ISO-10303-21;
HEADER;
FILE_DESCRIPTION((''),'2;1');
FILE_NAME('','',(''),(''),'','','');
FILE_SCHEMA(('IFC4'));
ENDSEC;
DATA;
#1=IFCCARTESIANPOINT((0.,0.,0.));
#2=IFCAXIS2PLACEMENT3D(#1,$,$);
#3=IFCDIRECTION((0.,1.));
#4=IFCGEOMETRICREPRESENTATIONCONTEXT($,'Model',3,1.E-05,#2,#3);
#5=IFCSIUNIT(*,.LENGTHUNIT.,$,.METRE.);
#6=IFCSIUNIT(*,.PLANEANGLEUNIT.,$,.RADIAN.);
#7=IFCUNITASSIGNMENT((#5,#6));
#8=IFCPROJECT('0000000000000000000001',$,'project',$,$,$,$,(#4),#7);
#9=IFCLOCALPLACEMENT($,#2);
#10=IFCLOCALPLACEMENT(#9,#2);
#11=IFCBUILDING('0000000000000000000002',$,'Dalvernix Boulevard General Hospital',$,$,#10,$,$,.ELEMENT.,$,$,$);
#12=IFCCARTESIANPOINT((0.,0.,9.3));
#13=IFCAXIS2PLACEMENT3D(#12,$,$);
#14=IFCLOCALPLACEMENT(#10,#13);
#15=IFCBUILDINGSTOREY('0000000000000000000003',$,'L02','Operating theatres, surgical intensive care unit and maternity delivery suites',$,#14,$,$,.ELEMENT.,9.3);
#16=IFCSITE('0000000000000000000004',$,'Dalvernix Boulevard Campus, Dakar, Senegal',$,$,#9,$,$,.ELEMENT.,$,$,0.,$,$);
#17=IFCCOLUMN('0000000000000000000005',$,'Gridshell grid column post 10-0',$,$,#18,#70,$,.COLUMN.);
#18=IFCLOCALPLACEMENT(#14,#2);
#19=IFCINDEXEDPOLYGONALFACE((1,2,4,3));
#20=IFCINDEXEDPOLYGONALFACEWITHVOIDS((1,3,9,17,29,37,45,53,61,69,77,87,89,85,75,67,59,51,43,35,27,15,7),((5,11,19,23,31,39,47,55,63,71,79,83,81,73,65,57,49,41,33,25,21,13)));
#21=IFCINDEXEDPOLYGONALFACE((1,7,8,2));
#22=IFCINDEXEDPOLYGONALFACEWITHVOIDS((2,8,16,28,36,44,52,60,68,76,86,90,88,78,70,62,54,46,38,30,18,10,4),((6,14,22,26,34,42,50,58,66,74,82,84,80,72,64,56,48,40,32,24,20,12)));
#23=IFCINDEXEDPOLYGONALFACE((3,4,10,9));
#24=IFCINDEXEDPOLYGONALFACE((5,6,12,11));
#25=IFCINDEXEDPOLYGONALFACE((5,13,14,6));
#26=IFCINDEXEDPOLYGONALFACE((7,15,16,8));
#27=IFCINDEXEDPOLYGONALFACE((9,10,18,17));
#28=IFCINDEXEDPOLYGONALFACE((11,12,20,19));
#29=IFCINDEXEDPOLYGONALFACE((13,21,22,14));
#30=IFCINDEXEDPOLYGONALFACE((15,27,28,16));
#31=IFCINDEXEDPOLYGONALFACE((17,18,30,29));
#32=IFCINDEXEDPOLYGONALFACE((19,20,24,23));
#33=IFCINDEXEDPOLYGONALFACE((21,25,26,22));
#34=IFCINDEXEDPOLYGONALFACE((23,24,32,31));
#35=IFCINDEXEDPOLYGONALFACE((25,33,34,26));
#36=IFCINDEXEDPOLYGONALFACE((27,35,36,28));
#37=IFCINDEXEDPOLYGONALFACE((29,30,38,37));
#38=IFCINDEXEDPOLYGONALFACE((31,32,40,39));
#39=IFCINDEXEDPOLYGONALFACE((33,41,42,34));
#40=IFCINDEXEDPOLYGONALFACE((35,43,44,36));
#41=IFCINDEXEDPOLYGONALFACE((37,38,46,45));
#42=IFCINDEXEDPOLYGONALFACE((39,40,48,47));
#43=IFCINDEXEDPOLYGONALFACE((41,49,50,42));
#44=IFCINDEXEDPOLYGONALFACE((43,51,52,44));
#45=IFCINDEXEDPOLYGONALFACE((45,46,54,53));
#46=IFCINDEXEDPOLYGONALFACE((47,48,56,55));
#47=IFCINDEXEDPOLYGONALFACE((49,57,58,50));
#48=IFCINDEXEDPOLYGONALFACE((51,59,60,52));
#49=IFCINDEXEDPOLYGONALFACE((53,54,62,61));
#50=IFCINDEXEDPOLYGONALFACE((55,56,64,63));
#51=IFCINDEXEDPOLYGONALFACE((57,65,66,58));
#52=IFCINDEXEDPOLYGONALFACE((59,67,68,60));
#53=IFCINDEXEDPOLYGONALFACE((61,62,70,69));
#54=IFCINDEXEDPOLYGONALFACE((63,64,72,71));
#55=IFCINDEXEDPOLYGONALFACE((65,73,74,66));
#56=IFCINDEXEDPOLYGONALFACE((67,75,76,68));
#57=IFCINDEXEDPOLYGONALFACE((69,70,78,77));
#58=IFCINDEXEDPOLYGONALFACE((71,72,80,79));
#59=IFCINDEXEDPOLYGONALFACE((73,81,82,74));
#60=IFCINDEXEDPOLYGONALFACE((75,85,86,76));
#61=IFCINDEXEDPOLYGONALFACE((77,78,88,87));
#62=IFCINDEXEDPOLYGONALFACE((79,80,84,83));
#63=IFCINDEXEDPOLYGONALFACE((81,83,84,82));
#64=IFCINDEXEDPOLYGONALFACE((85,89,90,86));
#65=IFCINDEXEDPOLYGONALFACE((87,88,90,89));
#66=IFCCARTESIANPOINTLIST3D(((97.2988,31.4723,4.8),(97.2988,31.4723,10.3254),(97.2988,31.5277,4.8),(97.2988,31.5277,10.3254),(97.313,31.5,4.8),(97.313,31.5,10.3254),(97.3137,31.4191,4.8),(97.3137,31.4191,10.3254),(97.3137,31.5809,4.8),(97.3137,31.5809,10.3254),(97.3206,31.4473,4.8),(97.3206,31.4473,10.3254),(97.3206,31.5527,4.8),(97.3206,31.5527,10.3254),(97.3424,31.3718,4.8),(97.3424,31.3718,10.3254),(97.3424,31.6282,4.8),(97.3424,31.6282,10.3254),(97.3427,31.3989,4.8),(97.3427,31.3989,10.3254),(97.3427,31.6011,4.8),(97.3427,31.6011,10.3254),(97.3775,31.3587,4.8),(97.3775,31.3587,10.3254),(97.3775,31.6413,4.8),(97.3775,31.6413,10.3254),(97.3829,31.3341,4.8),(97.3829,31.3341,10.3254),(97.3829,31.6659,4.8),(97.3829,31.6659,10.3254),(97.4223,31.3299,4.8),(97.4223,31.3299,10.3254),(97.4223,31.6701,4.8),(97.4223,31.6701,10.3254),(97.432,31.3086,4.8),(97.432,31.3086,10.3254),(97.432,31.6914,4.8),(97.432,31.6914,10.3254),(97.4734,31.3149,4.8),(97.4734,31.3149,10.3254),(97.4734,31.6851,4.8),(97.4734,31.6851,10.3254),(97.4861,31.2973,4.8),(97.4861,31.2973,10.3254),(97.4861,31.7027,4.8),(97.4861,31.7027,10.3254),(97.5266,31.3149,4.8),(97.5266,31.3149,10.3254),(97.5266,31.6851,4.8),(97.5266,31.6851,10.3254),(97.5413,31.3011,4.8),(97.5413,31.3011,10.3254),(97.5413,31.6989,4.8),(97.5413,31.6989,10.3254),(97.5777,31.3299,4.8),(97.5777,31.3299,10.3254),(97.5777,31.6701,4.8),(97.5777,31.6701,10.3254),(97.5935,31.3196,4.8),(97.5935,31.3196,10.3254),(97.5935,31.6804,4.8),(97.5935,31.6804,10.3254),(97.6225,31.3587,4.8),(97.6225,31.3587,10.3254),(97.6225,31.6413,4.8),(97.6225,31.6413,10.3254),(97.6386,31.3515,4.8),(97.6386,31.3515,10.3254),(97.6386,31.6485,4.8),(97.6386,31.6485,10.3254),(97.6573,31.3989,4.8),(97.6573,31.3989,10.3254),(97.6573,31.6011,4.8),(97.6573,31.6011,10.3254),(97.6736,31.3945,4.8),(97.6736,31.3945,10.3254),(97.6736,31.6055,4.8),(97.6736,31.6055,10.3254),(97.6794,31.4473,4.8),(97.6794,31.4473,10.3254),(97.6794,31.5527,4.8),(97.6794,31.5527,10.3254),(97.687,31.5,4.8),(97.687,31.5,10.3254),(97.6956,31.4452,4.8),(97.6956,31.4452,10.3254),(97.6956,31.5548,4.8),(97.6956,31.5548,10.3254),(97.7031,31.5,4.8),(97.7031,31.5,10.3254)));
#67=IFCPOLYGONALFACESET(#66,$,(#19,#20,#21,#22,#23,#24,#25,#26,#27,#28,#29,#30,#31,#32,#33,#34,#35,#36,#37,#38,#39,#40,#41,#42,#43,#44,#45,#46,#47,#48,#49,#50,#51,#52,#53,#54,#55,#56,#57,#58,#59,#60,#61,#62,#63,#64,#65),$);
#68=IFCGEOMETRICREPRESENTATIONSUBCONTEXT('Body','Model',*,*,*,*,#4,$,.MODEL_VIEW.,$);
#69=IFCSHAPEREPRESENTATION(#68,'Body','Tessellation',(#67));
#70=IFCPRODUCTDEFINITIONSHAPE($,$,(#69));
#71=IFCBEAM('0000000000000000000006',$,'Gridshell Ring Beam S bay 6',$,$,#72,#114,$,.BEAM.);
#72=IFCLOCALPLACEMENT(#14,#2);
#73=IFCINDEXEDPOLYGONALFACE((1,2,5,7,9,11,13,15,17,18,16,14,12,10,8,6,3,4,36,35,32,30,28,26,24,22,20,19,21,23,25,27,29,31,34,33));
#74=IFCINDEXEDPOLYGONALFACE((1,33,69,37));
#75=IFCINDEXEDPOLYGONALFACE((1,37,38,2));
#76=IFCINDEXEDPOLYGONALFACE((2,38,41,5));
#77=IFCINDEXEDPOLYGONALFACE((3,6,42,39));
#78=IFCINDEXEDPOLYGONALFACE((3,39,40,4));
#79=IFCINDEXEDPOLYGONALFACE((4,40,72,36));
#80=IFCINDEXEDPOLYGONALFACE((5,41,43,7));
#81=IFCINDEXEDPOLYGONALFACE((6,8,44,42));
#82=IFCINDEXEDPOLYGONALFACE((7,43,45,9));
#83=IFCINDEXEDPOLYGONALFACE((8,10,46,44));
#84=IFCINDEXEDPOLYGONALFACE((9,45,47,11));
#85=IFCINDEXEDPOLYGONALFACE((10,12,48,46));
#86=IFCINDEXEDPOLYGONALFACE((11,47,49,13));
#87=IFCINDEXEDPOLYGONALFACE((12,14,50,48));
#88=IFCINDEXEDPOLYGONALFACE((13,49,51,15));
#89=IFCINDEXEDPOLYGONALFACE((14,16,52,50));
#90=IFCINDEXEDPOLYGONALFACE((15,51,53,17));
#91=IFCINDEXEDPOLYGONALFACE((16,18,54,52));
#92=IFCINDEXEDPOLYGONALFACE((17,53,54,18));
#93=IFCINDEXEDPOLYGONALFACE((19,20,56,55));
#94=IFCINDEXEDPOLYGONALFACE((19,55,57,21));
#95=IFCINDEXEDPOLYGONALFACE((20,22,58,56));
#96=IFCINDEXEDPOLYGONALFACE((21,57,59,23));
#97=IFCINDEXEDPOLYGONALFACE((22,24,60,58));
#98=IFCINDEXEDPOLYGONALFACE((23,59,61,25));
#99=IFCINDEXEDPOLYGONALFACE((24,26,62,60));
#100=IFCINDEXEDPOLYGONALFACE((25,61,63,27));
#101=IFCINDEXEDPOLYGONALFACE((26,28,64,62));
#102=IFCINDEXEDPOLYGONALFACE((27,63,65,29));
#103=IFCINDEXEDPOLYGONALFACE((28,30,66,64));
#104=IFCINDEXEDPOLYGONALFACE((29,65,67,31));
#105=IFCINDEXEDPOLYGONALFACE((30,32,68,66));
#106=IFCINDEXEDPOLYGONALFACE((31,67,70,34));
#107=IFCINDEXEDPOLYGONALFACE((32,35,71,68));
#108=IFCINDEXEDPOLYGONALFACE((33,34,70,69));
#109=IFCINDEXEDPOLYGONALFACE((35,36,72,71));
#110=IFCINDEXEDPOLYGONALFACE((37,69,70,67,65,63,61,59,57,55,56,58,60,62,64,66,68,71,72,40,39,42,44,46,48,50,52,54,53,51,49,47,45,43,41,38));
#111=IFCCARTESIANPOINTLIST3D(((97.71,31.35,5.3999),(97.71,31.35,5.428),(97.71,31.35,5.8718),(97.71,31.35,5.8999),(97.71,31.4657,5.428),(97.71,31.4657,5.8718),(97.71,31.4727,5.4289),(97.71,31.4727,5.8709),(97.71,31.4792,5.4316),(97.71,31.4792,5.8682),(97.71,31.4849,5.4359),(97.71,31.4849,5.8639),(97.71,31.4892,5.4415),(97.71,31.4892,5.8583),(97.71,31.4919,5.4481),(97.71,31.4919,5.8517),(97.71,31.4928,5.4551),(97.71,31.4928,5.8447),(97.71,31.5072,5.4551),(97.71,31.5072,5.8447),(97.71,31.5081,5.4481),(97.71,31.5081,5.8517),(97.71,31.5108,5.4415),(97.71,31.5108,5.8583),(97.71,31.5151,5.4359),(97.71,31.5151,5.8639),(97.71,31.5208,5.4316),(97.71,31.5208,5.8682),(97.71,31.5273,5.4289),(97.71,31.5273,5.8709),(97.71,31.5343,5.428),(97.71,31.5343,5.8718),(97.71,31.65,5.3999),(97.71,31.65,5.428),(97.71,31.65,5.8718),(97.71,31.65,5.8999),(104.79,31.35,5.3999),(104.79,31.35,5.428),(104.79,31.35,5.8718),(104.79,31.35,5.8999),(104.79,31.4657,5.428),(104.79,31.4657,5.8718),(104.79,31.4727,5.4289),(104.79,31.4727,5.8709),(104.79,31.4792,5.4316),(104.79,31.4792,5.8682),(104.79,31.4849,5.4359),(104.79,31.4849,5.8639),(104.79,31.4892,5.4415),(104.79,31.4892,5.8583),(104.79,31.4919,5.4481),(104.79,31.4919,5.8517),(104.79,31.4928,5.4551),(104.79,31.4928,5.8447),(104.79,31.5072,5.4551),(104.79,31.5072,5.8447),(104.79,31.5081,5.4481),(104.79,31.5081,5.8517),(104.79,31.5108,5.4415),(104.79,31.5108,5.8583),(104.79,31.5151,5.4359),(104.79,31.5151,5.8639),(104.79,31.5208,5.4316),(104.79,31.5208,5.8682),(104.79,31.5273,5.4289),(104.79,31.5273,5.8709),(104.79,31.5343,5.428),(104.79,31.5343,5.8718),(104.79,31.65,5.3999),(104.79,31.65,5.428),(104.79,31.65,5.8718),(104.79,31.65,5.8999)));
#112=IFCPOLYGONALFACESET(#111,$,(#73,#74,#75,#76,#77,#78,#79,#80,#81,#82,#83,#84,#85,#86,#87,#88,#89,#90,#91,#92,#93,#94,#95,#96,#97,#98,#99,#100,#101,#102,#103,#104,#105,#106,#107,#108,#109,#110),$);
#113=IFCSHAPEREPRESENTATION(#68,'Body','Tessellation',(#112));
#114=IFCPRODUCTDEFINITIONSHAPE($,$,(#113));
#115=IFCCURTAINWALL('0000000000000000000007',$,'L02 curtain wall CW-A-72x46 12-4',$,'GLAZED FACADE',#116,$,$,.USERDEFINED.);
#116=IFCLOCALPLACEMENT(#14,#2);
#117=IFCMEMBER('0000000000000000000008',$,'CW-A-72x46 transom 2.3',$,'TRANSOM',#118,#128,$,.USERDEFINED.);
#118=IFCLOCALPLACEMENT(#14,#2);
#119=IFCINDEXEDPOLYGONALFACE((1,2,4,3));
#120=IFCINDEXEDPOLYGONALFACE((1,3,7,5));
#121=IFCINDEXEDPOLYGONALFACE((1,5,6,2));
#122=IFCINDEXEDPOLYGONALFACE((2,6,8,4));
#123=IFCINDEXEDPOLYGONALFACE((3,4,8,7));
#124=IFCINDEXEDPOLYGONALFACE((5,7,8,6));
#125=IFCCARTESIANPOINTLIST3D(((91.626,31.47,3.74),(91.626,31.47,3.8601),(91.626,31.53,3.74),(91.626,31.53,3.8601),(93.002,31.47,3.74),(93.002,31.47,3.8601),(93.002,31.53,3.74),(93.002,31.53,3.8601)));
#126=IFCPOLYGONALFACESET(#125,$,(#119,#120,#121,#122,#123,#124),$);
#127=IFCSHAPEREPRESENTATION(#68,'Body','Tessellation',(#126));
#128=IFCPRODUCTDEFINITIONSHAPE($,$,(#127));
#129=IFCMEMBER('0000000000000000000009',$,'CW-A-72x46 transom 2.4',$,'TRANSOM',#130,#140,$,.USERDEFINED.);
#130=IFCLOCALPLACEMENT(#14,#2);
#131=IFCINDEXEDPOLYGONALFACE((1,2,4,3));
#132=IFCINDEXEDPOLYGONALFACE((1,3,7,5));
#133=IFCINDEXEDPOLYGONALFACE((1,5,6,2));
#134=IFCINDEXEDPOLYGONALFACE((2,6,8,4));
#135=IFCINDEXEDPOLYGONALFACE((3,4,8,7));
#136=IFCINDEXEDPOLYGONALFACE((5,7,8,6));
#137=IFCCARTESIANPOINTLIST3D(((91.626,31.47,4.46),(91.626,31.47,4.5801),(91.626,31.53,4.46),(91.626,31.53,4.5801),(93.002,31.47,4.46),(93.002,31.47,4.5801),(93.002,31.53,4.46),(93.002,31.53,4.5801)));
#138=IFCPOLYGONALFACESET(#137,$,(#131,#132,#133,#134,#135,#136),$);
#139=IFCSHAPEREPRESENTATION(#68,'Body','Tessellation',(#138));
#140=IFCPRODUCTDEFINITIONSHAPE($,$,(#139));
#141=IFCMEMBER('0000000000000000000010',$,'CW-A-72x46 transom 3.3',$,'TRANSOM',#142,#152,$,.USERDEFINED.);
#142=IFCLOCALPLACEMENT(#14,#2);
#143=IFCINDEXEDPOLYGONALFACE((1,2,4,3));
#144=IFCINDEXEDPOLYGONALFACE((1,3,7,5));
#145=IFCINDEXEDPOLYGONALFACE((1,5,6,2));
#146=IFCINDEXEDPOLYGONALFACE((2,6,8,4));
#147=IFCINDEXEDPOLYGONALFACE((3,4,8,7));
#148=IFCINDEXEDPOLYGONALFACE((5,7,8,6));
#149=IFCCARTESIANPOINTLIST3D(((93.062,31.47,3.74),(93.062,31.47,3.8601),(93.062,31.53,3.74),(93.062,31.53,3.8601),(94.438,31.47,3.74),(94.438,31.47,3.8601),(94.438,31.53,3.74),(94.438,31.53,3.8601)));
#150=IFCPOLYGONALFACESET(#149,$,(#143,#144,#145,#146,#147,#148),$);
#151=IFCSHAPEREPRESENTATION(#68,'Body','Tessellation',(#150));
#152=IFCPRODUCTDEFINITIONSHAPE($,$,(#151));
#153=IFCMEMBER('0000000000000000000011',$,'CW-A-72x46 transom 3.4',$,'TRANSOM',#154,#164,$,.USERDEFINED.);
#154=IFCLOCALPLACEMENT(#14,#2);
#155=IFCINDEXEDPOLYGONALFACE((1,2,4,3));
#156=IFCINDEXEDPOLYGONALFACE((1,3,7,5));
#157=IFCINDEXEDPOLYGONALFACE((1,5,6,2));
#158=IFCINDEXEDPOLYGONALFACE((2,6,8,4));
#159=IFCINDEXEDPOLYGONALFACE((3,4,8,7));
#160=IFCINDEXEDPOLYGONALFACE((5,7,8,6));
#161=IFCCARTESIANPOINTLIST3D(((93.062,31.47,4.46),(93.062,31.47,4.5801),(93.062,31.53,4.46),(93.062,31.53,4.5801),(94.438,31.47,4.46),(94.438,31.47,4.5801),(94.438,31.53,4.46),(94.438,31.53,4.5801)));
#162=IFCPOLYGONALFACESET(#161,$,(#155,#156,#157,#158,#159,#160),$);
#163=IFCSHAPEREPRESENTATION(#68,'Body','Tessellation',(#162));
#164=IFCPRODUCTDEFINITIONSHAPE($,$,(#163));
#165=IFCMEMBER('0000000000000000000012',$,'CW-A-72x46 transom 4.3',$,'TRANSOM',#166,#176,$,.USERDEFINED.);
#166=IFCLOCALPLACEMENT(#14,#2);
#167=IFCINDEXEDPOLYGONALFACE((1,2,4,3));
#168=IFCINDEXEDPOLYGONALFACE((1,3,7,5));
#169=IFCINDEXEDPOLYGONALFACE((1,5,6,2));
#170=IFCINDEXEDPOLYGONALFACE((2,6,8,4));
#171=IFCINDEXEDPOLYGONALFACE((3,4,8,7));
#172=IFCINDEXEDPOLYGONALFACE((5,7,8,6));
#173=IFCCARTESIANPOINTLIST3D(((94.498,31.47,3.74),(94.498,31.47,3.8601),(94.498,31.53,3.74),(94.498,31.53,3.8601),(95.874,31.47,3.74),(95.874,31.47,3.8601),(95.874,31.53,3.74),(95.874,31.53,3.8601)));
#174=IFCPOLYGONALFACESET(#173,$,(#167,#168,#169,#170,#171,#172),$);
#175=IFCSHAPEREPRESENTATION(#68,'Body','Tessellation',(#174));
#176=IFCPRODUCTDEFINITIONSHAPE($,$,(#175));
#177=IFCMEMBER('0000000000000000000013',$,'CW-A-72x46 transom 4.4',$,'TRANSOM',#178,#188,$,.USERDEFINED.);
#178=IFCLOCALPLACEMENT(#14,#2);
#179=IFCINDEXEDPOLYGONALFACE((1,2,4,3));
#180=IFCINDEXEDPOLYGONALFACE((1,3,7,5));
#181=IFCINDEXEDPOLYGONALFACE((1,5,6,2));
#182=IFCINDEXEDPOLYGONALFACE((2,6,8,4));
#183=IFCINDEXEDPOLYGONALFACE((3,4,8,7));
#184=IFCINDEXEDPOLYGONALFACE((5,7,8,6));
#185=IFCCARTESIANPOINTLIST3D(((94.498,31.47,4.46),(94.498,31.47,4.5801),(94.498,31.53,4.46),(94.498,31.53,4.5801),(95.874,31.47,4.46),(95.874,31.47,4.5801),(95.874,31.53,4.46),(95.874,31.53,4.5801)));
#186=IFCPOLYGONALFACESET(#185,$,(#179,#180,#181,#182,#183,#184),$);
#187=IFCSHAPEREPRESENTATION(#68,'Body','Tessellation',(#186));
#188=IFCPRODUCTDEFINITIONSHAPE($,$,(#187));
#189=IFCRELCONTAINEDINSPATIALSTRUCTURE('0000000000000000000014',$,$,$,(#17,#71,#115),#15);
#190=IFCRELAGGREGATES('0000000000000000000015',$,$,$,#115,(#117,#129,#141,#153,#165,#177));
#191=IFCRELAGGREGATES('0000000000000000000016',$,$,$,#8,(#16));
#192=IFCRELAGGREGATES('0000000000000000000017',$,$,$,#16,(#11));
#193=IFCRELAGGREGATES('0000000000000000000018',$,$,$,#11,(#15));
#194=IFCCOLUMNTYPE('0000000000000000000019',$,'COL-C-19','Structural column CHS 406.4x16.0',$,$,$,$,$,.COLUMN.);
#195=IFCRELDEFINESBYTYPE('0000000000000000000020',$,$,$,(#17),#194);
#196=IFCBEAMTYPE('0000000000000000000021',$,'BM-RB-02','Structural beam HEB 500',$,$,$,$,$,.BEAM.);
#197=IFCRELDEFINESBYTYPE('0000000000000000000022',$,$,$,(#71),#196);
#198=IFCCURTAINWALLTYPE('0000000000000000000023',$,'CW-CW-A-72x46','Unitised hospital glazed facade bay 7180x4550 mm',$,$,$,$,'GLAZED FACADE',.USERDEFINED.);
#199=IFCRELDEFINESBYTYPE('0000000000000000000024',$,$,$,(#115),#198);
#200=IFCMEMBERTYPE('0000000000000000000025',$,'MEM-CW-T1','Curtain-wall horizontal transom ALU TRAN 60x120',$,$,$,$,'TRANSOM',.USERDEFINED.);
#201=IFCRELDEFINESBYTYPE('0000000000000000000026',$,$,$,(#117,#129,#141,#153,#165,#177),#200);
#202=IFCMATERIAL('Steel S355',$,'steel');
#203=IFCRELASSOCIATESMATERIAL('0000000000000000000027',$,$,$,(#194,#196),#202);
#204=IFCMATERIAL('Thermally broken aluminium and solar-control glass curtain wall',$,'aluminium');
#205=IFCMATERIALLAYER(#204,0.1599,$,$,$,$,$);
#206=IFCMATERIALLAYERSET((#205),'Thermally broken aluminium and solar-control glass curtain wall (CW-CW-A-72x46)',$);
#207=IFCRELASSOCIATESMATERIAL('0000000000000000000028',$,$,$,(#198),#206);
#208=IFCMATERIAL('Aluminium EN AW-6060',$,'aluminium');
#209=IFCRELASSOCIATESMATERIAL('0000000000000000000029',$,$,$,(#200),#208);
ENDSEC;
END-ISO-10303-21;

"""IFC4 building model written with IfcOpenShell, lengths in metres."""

from ifc_helpers import new_model, si_unit, direction, frame, origin, origin_2d, place, context, subcontext, project, spatial, rectangle, hollow_circle, i_section, extrude, material, layer, layer_set, material_profile, profile_set, type_object, element, aggregate, save


model = new_model("IFC4")

# Units and contexts
model_context = context("Model", 3, precision=1e-05, world=origin(), true_north=direction((0.0, 1.0)))
body_context = subcontext(model_context, "Body", "Model", "MODEL_VIEW")
ifc_project = project(units=[si_unit("LENGTHUNIT", "METRE"), si_unit("PLANEANGLEUNIT", "RADIAN")], contexts=[model_context])

# Site, building, storey
site_placement = place(None, origin())
site = spatial("IfcSite", under=ifc_project, at=site_placement, Name="Dalvernix Boulevard Campus, Dakar, Senegal", CompositionType="ELEMENT", RefElevation=0.0)
building_placement = place(site_placement, origin())
building = spatial("IfcBuilding", under=site, at=building_placement, Name="Dalvernix Boulevard General Hospital", CompositionType="ELEMENT")
storey_placement = place(building_placement, frame((0.0, 0.0, 9.3)))
storey = spatial("IfcBuildingStorey", under=building, at=storey_placement, Name="L02", Description="Operating theatres, surgical intensive care unit and maternity delivery suites", CompositionType="ELEMENT", Elevation=9.3)

# Column
ifc_material_1 = material(Name="Steel S355", Category="steel")
ifc_material_profile_1 = material_profile(ifc_material_1, hollow_circle(Radius=0.2031, WallThickness=0.0161, at=origin_2d()), Name="CHS 406.4x16.0")
ifc_profile_set_1 = profile_set([ifc_material_profile_1], Name="Steel S355")
column_type = type_object("IfcColumnType", Name="COL-C-19", Description="Structural column CHS 406.4x16.0", PredefinedType="COLUMN", material=ifc_profile_set_1)
column_placement = place(storey_placement, frame((97.5, 31.5, 4.8), z_axis=(0.0, 0.0, 1.0), x_axis=(1.0, 0.0, 0.0)))
element("IfcColumn", 1, at=column_placement, inside=storey, type_object=column_type, Name="Gridshell grid column post 10-0", PredefinedType="COLUMN", context=body_context, shape_type="SweptSolid", body=[
    extrude(hollow_circle(Radius=0.2031, WallThickness=0.0161, at=origin_2d()), origin(), (0.0, 0.0, 1.0), 5.5254),
])

# Beam
ifc_material_profile_2 = material_profile(ifc_material_1, i_section(OverallWidth=0.3, OverallDepth=0.5, WebThickness=0.0144, FlangeThickness=0.0281, FilletRadius=0.0271, at=origin_2d()), Name="HEB 500")
ifc_profile_set_2 = profile_set([ifc_material_profile_2], Name="Steel S355")
beam_type = type_object("IfcBeamType", Name="BM-RB-02", Description="Structural beam HEB 500", PredefinedType="BEAM", material=ifc_profile_set_2)
beam_placement = place(storey_placement, frame((97.71, 31.5, 5.6499), z_axis=(1.0, 0.0, 0.0), x_axis=(0.0, 1.0, 0.0)))
element("IfcBeam", 2, at=beam_placement, inside=storey, type_object=beam_type, Name="Gridshell Ring Beam S bay 6", PredefinedType="BEAM", context=body_context, shape_type="SweptSolid", body=[
    extrude(i_section(OverallWidth=0.3, OverallDepth=0.5, WebThickness=0.0144, FlangeThickness=0.0281, FilletRadius=0.0271, at=origin_2d()), origin(), (0.0, 0.0, 1.0), 7.0801),
])

# Curtain wall, members
ifc_material_2 = material(Name="Thermally broken aluminium and solar-control glass curtain wall", Category="aluminium")
ifc_layer_1 = layer(ifc_material_2, 0.1599)
ifc_layer_set_1 = layer_set([ifc_layer_1], Name="Thermally broken aluminium and solar-control glass curtain wall (CW-CW-A-72x46)")
curtain_wall_type_1 = type_object("IfcCurtainWallType", Name="CW-CW-A-72x46", Description="Unitised hospital glazed facade bay 7180x4550 mm", ElementType="GLAZED FACADE", PredefinedType="USERDEFINED", material=ifc_layer_set_1)
curtain_wall_1_placement = place(storey_placement, origin())
curtain_wall_1 = element("IfcCurtainWall", 3, at=curtain_wall_1_placement, inside=storey, type_object=curtain_wall_type_1, Name="L02 curtain wall CW-A-72x46 12-4", ObjectType="GLAZED FACADE", PredefinedType="USERDEFINED")
ifc_material_3 = material(Name="Aluminium EN AW-6060", Category="aluminium")
ifc_material_profile_3 = material_profile(ifc_material_3, rectangle(XDim=0.0601, YDim=0.1201, at=origin_2d()), Name="ALU TRAN 60x120")
ifc_profile_set_3 = profile_set([ifc_material_profile_3], Name="Aluminium EN AW-6060")
member_type_1 = type_object("IfcMemberType", Name="MEM-CW-T1", Description="Curtain-wall horizontal transom ALU TRAN 60x120", ElementType="TRANSOM", PredefinedType="USERDEFINED", material=ifc_profile_set_3)
member_1_placement = place(storey_placement, frame((91.626, 31.5, 3.8), z_axis=(1.0, 0.0, 0.0), x_axis=(0.0, 1.0, 0.0)))
member_1 = element("IfcMember", 4, at=member_1_placement, type_object=member_type_1, Name="CW-A-72x46 transom 2.3", ObjectType="TRANSOM", PredefinedType="USERDEFINED", context=body_context, shape_type="SweptSolid", body=[
    extrude(rectangle(XDim=0.0601, YDim=0.1201, at=origin_2d()), origin(), (0.0, 0.0, 1.0), 1.376),
])
member_2_placement = place(storey_placement, frame((91.626, 31.5, 4.52), z_axis=(1.0, 0.0, 0.0), x_axis=(0.0, 1.0, 0.0)))
member_2 = element("IfcMember", 5, at=member_2_placement, type_object=member_type_1, Name="CW-A-72x46 transom 2.4", ObjectType="TRANSOM", PredefinedType="USERDEFINED", context=body_context, shape_type="SweptSolid", body=[
    extrude(rectangle(XDim=0.0601, YDim=0.1201, at=origin_2d()), origin(), (0.0, 0.0, 1.0), 1.376),
])
member_3_placement = place(storey_placement, frame((93.062, 31.5, 3.8), z_axis=(1.0, 0.0, 0.0), x_axis=(0.0, 1.0, 0.0)))
member_3 = element("IfcMember", 6, at=member_3_placement, type_object=member_type_1, Name="CW-A-72x46 transom 3.3", ObjectType="TRANSOM", PredefinedType="USERDEFINED", context=body_context, shape_type="SweptSolid", body=[
    extrude(rectangle(XDim=0.0601, YDim=0.1201, at=origin_2d()), origin(), (0.0, 0.0, 1.0), 1.376),
])
member_4_placement = place(storey_placement, frame((93.062, 31.5, 4.52), z_axis=(1.0, 0.0, 0.0), x_axis=(0.0, 1.0, 0.0)))
member_4 = element("IfcMember", 7, at=member_4_placement, type_object=member_type_1, Name="CW-A-72x46 transom 3.4", ObjectType="TRANSOM", PredefinedType="USERDEFINED", context=body_context, shape_type="SweptSolid", body=[
    extrude(rectangle(XDim=0.0601, YDim=0.1201, at=origin_2d()), origin(), (0.0, 0.0, 1.0), 1.376),
])
member_5_placement = place(storey_placement, frame((94.498, 31.5, 3.8), z_axis=(1.0, 0.0, 0.0), x_axis=(0.0, 1.0, 0.0)))
member_5 = element("IfcMember", 8, at=member_5_placement, type_object=member_type_1, Name="CW-A-72x46 transom 4.3", ObjectType="TRANSOM", PredefinedType="USERDEFINED", context=body_context, shape_type="SweptSolid", body=[
    extrude(rectangle(XDim=0.0601, YDim=0.1201, at=origin_2d()), origin(), (0.0, 0.0, 1.0), 1.376),
])
member_6_placement = place(storey_placement, frame((94.498, 31.5, 4.52), z_axis=(1.0, 0.0, 0.0), x_axis=(0.0, 1.0, 0.0)))
member_6 = element("IfcMember", 9, at=member_6_placement, type_object=member_type_1, Name="CW-A-72x46 transom 4.4", ObjectType="TRANSOM", PredefinedType="USERDEFINED", context=body_context, shape_type="SweptSolid", body=[
    extrude(rectangle(XDim=0.0601, YDim=0.1201, at=origin_2d()), origin(), (0.0, 0.0, 1.0), 1.376),
])

aggregate(curtain_wall_1, [member_1, member_2, member_3, member_4, member_5, member_6])

save(model, "model.ifc")
